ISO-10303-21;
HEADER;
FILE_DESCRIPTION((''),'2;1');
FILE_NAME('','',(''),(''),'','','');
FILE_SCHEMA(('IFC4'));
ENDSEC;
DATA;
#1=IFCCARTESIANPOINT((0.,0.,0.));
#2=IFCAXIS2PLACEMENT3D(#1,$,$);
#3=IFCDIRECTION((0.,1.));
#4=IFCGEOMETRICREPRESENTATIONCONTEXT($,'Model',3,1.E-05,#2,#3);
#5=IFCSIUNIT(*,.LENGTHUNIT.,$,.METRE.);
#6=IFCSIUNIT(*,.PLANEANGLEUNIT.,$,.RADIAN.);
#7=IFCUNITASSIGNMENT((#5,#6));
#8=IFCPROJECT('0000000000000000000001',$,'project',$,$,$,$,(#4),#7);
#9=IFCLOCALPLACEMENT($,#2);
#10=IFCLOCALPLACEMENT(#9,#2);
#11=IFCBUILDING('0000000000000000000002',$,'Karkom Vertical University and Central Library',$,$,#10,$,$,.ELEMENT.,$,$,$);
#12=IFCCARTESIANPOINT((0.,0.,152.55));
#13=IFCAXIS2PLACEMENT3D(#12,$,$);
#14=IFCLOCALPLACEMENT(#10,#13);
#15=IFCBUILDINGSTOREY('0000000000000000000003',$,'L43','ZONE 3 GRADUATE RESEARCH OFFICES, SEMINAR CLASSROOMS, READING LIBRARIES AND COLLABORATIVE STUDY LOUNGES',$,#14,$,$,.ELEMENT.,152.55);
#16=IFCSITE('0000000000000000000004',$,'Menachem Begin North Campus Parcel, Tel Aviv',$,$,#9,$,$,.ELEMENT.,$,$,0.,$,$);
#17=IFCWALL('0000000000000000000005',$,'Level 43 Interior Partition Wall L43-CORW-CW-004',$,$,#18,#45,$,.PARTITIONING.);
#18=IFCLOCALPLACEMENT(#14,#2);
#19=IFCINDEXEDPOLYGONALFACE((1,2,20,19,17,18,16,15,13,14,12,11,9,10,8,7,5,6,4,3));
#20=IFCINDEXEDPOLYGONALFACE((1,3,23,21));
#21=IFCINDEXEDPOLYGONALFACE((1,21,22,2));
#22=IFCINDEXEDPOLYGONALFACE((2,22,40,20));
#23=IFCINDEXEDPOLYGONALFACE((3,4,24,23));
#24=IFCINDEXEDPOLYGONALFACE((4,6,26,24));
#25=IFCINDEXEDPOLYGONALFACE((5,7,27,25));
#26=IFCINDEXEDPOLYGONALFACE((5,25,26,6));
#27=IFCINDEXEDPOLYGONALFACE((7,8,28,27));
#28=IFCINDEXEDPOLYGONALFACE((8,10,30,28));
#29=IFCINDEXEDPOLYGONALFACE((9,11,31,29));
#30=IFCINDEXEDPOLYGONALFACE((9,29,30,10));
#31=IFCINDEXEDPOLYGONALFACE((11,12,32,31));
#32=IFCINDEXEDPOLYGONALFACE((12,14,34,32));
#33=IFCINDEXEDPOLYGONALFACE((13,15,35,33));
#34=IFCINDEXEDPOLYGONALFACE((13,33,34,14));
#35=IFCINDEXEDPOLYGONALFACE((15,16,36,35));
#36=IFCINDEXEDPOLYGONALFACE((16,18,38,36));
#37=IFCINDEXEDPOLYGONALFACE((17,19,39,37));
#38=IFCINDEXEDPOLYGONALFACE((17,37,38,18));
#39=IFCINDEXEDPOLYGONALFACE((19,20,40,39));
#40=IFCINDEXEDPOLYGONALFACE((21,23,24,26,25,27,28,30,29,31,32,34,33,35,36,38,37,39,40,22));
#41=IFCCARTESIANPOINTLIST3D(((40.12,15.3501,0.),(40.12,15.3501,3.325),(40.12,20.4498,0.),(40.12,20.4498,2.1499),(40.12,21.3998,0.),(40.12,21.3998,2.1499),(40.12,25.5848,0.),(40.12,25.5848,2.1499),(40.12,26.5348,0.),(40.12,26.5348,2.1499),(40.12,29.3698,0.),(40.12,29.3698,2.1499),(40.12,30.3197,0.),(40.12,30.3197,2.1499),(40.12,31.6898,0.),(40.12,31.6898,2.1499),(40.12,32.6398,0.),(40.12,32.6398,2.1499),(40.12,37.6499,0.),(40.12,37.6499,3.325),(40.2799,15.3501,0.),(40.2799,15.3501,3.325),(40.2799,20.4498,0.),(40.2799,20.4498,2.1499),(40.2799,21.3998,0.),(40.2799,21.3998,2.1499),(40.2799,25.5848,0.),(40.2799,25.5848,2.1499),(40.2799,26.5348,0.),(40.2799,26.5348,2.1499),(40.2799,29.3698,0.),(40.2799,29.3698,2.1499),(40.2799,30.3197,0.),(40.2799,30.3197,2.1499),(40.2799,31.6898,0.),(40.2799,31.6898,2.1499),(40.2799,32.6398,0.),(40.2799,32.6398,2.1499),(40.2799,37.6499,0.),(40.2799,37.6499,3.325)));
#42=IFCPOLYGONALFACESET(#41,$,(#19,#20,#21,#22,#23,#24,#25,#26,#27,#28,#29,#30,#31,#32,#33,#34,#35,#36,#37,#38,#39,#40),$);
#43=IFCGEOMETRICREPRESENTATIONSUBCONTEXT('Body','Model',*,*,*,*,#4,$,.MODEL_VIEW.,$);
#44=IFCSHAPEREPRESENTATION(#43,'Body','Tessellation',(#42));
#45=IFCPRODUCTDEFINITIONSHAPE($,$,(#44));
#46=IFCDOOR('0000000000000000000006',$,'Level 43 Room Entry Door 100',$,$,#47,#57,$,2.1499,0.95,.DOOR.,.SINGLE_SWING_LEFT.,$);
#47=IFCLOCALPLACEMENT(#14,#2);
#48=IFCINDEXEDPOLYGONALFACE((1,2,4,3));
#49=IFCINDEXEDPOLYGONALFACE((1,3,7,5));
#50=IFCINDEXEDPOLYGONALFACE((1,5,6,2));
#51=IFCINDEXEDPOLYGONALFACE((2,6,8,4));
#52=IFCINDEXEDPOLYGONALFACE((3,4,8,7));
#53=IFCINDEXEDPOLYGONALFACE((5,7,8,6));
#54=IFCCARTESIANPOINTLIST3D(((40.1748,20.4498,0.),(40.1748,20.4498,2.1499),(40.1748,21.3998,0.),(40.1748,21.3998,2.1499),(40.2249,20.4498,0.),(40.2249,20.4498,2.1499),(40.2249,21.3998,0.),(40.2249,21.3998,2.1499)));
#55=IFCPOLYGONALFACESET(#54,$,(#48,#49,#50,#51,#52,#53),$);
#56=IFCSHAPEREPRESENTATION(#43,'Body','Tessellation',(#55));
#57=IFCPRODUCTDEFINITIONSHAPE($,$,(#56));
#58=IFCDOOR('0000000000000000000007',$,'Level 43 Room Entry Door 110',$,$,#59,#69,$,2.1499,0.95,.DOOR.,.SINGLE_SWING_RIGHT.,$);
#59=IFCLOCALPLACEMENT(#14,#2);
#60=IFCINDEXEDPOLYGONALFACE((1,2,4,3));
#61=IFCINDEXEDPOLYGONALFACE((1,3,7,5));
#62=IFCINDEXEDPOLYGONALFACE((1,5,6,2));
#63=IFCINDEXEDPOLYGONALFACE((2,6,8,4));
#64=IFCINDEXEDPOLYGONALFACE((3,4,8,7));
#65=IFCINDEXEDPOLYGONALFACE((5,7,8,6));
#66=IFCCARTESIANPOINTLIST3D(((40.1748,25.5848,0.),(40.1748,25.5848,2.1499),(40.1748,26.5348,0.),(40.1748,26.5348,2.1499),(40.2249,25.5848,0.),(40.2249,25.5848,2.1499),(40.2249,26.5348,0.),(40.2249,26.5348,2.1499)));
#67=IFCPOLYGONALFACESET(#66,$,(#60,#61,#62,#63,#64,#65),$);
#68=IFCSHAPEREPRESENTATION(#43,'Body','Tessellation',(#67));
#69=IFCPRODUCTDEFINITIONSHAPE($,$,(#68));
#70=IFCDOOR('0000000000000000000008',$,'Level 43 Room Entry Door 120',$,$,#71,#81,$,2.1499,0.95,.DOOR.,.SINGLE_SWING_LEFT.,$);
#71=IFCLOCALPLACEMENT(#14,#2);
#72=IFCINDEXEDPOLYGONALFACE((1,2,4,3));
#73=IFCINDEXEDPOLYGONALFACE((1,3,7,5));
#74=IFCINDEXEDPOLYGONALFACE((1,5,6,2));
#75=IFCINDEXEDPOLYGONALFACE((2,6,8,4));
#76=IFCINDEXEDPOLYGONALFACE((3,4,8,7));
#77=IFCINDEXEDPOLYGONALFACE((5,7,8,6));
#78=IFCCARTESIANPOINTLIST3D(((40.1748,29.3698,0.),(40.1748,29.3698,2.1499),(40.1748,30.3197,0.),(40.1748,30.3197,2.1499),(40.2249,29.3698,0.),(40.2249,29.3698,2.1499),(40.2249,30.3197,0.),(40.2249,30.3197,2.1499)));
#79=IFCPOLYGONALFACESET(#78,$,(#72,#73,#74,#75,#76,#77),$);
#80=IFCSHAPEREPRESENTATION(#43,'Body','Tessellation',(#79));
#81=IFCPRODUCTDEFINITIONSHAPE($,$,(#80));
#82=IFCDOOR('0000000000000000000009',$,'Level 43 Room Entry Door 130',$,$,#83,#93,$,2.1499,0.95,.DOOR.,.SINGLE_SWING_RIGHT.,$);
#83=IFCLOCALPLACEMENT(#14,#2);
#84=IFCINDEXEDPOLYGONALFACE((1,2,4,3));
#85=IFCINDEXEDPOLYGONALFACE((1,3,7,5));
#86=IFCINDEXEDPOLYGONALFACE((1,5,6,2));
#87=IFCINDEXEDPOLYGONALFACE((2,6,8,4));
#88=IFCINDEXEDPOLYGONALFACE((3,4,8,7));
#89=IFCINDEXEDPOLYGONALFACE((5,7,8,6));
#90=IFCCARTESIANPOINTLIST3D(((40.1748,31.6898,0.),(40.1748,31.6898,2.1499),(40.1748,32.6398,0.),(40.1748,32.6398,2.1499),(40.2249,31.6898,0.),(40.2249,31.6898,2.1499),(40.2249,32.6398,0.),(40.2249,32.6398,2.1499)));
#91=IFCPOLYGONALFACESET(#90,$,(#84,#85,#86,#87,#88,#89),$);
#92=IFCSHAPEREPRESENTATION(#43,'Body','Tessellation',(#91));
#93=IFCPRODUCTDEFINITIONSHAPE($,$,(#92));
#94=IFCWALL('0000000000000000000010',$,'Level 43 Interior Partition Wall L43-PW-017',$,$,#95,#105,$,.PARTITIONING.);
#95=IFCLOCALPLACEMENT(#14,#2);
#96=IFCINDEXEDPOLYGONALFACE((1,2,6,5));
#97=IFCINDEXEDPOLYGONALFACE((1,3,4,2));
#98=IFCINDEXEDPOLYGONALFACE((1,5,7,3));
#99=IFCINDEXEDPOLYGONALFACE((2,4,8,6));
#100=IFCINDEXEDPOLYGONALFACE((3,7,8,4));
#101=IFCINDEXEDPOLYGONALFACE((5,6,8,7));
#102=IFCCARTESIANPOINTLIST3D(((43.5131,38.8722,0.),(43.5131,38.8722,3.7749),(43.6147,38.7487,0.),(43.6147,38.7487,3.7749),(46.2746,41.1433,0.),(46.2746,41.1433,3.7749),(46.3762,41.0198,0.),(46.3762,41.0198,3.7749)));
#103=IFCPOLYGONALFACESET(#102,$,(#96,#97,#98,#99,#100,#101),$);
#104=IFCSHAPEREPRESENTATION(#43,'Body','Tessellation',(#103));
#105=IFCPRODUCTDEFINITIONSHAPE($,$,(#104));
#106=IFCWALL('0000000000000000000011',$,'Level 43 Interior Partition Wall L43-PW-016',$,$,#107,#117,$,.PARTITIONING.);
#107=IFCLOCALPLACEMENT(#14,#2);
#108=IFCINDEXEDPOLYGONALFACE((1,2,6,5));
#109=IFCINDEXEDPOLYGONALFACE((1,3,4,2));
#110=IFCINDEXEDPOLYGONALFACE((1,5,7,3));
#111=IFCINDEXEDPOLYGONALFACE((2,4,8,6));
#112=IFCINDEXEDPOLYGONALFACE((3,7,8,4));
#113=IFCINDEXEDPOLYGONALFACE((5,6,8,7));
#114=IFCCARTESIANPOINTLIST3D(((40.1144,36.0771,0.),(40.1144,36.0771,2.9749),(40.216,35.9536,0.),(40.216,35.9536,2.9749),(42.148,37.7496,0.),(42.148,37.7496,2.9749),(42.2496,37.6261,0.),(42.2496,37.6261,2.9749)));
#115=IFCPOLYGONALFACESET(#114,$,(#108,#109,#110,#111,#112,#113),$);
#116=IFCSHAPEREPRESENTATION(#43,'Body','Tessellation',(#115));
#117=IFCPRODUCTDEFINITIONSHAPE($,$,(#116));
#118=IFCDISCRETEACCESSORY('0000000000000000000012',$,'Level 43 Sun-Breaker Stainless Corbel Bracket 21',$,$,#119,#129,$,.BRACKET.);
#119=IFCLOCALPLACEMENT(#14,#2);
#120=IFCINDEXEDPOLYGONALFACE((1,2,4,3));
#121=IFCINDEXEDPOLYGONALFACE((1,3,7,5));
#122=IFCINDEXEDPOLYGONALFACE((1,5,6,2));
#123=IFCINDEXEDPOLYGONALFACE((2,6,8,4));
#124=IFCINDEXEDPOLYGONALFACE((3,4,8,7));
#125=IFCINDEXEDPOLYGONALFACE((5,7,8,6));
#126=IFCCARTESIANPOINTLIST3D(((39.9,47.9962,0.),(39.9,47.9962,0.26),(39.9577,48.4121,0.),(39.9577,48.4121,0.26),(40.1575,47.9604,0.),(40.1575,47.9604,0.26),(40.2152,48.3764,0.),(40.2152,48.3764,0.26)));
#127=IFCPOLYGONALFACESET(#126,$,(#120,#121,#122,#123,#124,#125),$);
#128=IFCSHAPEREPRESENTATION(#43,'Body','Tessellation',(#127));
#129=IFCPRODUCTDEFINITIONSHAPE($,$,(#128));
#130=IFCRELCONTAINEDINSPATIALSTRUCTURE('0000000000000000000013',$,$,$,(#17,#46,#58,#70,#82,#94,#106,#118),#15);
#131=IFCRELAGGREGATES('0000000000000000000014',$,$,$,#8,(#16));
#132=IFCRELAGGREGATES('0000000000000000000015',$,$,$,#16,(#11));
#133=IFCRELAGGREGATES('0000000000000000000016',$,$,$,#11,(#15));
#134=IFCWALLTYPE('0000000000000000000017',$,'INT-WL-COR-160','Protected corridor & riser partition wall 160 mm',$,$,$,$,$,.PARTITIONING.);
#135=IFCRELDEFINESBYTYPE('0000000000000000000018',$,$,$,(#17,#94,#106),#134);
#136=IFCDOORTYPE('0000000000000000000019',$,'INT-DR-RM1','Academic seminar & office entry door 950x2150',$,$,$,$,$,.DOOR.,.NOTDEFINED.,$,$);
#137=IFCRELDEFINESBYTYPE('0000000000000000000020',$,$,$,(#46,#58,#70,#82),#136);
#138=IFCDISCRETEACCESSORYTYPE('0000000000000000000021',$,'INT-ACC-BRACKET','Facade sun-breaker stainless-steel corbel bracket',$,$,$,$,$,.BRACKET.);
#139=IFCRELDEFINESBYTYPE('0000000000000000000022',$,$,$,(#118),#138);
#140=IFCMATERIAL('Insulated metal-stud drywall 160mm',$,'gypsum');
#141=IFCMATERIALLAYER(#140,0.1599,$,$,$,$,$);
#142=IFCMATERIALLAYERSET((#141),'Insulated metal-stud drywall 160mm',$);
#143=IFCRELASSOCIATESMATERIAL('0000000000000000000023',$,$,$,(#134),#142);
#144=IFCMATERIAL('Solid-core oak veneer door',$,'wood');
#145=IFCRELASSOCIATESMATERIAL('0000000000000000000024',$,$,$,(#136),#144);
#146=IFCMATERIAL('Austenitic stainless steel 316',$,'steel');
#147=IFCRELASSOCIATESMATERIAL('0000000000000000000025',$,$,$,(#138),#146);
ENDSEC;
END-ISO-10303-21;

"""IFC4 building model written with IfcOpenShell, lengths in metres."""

from ifc_helpers import new_model, si_unit, direction, frame, frame_2d, origin, origin_with_axes, origin_2d, place, context, subcontext, project, spatial, rectangle, extrude, source, transform, mapped, material, layer, layer_set, type_object, element, fill, save


model = new_model("IFC4")

# Units and contexts
model_context = context("Model", 3, precision=1e-05, world=origin(), true_north=direction((0.0, 1.0)))
body_context = subcontext(model_context, "Body", "Model", "MODEL_VIEW")
ifc_project = project(units=[si_unit("LENGTHUNIT", "METRE"), si_unit("PLANEANGLEUNIT", "RADIAN")], contexts=[model_context])

# Site, building, storey
site_placement = place(None, origin())
site = spatial("IfcSite", under=ifc_project, at=site_placement, Name="Menachem Begin North Campus Parcel, Tel Aviv", CompositionType="ELEMENT", RefElevation=0.0)
building_placement = place(site_placement, origin())
building = spatial("IfcBuilding", under=site, at=building_placement, Name="Karkom Vertical University and Central Library", CompositionType="ELEMENT")
storey_placement = place(building_placement, frame((0.0, 0.0, 152.55)))
storey = spatial("IfcBuildingStorey", under=building, at=storey_placement, Name="L43", Description="ZONE 3 GRADUATE RESEARCH OFFICES, SEMINAR CLASSROOMS, READING LIBRARIES AND COLLABORATIVE STUDY LOUNGES", CompositionType="ELEMENT", Elevation=152.55)

# Wall, openings, doors
ifc_material_1 = material(Name="Insulated metal-stud drywall 160mm", Category="gypsum")
ifc_layer_1 = layer(ifc_material_1, 0.1599)
ifc_layer_set_1 = layer_set([ifc_layer_1], Name="Insulated metal-stud drywall 160mm")
wall_type_1 = type_object("IfcWallType", Name="INT-WL-COR-160", Description="Protected corridor & riser partition wall 160 mm", PredefinedType="PARTITIONING", material=ifc_layer_set_1)
wall_1_placement = place(storey_placement, frame((40.2, 37.6499, 0.0), z_axis=(0.0, 0.0, 1.0), x_axis=(0.0, -1.0, 0.0)))
wall_1 = element("IfcWall", 1, at=wall_1_placement, inside=storey, type_object=wall_type_1, Name="Level 43 Interior Partition Wall L43-CORW-CW-004", PredefinedType="PARTITIONING", context=body_context, shape_type="SweptSolid", body=[
    extrude(rectangle(XDim=22.2998, YDim=0.1599, at=frame_2d((11.1499, 0.0))), origin(), (0.0, 0.0, 1.0), 3.325),
])
opening_1_placement = place(wall_1_placement, frame((16.25, 0.0, 0.0)))
opening_1 = element("IfcOpeningElement", 2, at=opening_1_placement, cuts=wall_1, PredefinedType="OPENING", context=body_context, shape_type="SweptSolid", body=[
    extrude(rectangle(XDim=0.95, YDim=2.1499, at=frame_2d((0.4751, 1.075))), frame((0.0, 0.0898, 0.0), z_axis=(0.0, -1.0, 0.0), x_axis=(1.0, 0.0, 0.0)), (0.0, 0.0, 1.0), 0.1799),
])
opening_2_placement = place(wall_1_placement, frame((11.115, 0.0, 0.0)))
opening_2 = element("IfcOpeningElement", 3, at=opening_2_placement, cuts=wall_1, PredefinedType="OPENING", context=body_context, shape_type="SweptSolid", body=[
    extrude(rectangle(XDim=0.95, YDim=2.1499, at=frame_2d((0.4751, 1.075))), frame((0.0, 0.0898, 0.0), z_axis=(0.0, -1.0, 0.0), x_axis=(1.0, 0.0, 0.0)), (0.0, 0.0, 1.0), 0.1799),
])
opening_3_placement = place(wall_1_placement, frame((7.3301, 0.0, 0.0)))
opening_3 = element("IfcOpeningElement", 4, at=opening_3_placement, cuts=wall_1, PredefinedType="OPENING", context=body_context, shape_type="SweptSolid", body=[
    extrude(rectangle(XDim=0.95, YDim=2.1499, at=frame_2d((0.4751, 1.075))), frame((0.0, 0.0898, 0.0), z_axis=(0.0, -1.0, 0.0), x_axis=(1.0, 0.0, 0.0)), (0.0, 0.0, 1.0), 0.1799),
])
opening_4_placement = place(wall_1_placement, frame((5.01, 0.0, 0.0)))
opening_4 = element("IfcOpeningElement", 5, at=opening_4_placement, cuts=wall_1, PredefinedType="OPENING", context=body_context, shape_type="SweptSolid", body=[
    extrude(rectangle(XDim=0.95, YDim=2.1499, at=frame_2d((0.4751, 1.075))), frame((0.0, 0.0898, 0.0), z_axis=(0.0, -1.0, 0.0), x_axis=(1.0, 0.0, 0.0)), (0.0, 0.0, 1.0), 0.1799),
])
ifc_material_2 = material(Name="Solid-core oak veneer door", Category="wood")
door_type = type_object("IfcDoorType", Name="INT-DR-RM1", Description="Academic seminar & office entry door 950x2150", OperationType="NOTDEFINED", PredefinedType="DOOR", material=ifc_material_2)
shared_shape_1 = source(origin_with_axes(), body_context, "Body", "SweptSolid", [
    extrude(rectangle(XDim=0.95, YDim=2.1499, at=frame_2d((0.4751, 1.075))), frame((0.0, 0.0249, 0.0), z_axis=(0.0, -1.0, 0.0), x_axis=(1.0, 0.0, 0.0)), (0.0, 0.0, 1.0), 0.05),
])
door_1_placement = place(opening_1_placement, origin())
door_1 = element("IfcDoor", 6, at=door_1_placement, inside=storey, type_object=door_type, Name="Level 43 Room Entry Door 100", OperationType="SINGLE_SWING_LEFT", OverallHeight=2.1499, OverallWidth=0.95, PredefinedType="DOOR", context=body_context, shape_type="MappedRepresentation", body=[
    mapped(shared_shape_1, transform((0.0, 0.0, 0.0), scale=1.0)),
])
fill(opening_1, door_1)
door_2_placement = place(opening_2_placement, origin())
door_2 = element("IfcDoor", 7, at=door_2_placement, inside=storey, type_object=door_type, Name="Level 43 Room Entry Door 110", OperationType="SINGLE_SWING_RIGHT", OverallHeight=2.1499, OverallWidth=0.95, PredefinedType="DOOR", context=body_context, shape_type="MappedRepresentation", body=[
    mapped(shared_shape_1, transform((0.0, 0.0, 0.0), scale=1.0)),
])
fill(opening_2, door_2)
door_3_placement = place(opening_3_placement, origin())
door_3 = element("IfcDoor", 8, at=door_3_placement, inside=storey, type_object=door_type, Name="Level 43 Room Entry Door 120", OperationType="SINGLE_SWING_LEFT", OverallHeight=2.1499, OverallWidth=0.95, PredefinedType="DOOR", context=body_context, shape_type="MappedRepresentation", body=[
    mapped(shared_shape_1, transform((0.0, 0.0, 0.0), scale=1.0)),
])
fill(opening_3, door_3)
door_4_placement = place(opening_4_placement, origin())
door_4 = element("IfcDoor", 9, at=door_4_placement, inside=storey, type_object=door_type, Name="Level 43 Room Entry Door 130", OperationType="SINGLE_SWING_RIGHT", OverallHeight=2.1499, OverallWidth=0.95, PredefinedType="DOOR", context=body_context, shape_type="MappedRepresentation", body=[
    mapped(shared_shape_1, transform((0.0, 0.0, 0.0), scale=1.0)),
])
fill(opening_4, door_4)

# Walls
wall_2_placement = place(storey_placement, frame((43.564, 38.8105, 0.0), z_axis=(0.0, 0.0, 1.0), x_axis=(0.772364, 0.635181, 0.0)))
element("IfcWall", 10, at=wall_2_placement, inside=storey, type_object=wall_type_1, Name="Level 43 Interior Partition Wall L43-PW-017", PredefinedType="PARTITIONING", context=body_context, shape_type="SweptSolid", body=[
    extrude(rectangle(XDim=3.5754, YDim=0.1599, at=frame_2d((1.7876, 0.0))), origin(), (0.0, 0.0, 1.0), 3.7749),
])
wall_3_placement = place(storey_placement, frame((40.1653, 36.0154, 0.0), z_axis=(0.0, 0.0, 1.0), x_axis=(0.77234, 0.63521, 0.0)))
element("IfcWall", 11, at=wall_3_placement, inside=storey, type_object=wall_type_1, Name="Level 43 Interior Partition Wall L43-PW-016", PredefinedType="PARTITIONING", context=body_context, shape_type="SweptSolid", body=[
    extrude(rectangle(XDim=2.6331, YDim=0.1599, at=frame_2d((1.3164, 0.0))), origin(), (0.0, 0.0, 1.0), 2.9749),
])

# Discrete accessory
ifc_material_3 = material(Name="Austenitic stainless steel 316", Category="steel")
discrete_accessory_type = type_object("IfcDiscreteAccessoryType", Name="INT-ACC-BRACKET", Description="Facade sun-breaker stainless-steel corbel bracket", PredefinedType="BRACKET", material=ifc_material_3)
shared_shape_2 = source(origin_with_axes(), body_context, "Body", "SweptSolid", [
    extrude(rectangle(XDim=0.26, YDim=0.4199, at=origin_2d()), origin(), (0.0, 0.0, 1.0), 0.26),
])
discrete_accessory_placement = place(storey_placement, frame((40.0576, 48.1863, 0.0), z_axis=(0.0, 0.0, 1.0), x_axis=(-0.990509, 0.137445, 0.0)))
element("IfcDiscreteAccessory", 12, at=discrete_accessory_placement, inside=storey, type_object=discrete_accessory_type, Name="Level 43 Sun-Breaker Stainless Corbel Bracket 21", PredefinedType="BRACKET", context=body_context, shape_type="MappedRepresentation", body=[
    mapped(shared_shape_2, transform((0.0, 0.0, 0.0), scale=1.0)),
])

save(model, "model.ifc")
